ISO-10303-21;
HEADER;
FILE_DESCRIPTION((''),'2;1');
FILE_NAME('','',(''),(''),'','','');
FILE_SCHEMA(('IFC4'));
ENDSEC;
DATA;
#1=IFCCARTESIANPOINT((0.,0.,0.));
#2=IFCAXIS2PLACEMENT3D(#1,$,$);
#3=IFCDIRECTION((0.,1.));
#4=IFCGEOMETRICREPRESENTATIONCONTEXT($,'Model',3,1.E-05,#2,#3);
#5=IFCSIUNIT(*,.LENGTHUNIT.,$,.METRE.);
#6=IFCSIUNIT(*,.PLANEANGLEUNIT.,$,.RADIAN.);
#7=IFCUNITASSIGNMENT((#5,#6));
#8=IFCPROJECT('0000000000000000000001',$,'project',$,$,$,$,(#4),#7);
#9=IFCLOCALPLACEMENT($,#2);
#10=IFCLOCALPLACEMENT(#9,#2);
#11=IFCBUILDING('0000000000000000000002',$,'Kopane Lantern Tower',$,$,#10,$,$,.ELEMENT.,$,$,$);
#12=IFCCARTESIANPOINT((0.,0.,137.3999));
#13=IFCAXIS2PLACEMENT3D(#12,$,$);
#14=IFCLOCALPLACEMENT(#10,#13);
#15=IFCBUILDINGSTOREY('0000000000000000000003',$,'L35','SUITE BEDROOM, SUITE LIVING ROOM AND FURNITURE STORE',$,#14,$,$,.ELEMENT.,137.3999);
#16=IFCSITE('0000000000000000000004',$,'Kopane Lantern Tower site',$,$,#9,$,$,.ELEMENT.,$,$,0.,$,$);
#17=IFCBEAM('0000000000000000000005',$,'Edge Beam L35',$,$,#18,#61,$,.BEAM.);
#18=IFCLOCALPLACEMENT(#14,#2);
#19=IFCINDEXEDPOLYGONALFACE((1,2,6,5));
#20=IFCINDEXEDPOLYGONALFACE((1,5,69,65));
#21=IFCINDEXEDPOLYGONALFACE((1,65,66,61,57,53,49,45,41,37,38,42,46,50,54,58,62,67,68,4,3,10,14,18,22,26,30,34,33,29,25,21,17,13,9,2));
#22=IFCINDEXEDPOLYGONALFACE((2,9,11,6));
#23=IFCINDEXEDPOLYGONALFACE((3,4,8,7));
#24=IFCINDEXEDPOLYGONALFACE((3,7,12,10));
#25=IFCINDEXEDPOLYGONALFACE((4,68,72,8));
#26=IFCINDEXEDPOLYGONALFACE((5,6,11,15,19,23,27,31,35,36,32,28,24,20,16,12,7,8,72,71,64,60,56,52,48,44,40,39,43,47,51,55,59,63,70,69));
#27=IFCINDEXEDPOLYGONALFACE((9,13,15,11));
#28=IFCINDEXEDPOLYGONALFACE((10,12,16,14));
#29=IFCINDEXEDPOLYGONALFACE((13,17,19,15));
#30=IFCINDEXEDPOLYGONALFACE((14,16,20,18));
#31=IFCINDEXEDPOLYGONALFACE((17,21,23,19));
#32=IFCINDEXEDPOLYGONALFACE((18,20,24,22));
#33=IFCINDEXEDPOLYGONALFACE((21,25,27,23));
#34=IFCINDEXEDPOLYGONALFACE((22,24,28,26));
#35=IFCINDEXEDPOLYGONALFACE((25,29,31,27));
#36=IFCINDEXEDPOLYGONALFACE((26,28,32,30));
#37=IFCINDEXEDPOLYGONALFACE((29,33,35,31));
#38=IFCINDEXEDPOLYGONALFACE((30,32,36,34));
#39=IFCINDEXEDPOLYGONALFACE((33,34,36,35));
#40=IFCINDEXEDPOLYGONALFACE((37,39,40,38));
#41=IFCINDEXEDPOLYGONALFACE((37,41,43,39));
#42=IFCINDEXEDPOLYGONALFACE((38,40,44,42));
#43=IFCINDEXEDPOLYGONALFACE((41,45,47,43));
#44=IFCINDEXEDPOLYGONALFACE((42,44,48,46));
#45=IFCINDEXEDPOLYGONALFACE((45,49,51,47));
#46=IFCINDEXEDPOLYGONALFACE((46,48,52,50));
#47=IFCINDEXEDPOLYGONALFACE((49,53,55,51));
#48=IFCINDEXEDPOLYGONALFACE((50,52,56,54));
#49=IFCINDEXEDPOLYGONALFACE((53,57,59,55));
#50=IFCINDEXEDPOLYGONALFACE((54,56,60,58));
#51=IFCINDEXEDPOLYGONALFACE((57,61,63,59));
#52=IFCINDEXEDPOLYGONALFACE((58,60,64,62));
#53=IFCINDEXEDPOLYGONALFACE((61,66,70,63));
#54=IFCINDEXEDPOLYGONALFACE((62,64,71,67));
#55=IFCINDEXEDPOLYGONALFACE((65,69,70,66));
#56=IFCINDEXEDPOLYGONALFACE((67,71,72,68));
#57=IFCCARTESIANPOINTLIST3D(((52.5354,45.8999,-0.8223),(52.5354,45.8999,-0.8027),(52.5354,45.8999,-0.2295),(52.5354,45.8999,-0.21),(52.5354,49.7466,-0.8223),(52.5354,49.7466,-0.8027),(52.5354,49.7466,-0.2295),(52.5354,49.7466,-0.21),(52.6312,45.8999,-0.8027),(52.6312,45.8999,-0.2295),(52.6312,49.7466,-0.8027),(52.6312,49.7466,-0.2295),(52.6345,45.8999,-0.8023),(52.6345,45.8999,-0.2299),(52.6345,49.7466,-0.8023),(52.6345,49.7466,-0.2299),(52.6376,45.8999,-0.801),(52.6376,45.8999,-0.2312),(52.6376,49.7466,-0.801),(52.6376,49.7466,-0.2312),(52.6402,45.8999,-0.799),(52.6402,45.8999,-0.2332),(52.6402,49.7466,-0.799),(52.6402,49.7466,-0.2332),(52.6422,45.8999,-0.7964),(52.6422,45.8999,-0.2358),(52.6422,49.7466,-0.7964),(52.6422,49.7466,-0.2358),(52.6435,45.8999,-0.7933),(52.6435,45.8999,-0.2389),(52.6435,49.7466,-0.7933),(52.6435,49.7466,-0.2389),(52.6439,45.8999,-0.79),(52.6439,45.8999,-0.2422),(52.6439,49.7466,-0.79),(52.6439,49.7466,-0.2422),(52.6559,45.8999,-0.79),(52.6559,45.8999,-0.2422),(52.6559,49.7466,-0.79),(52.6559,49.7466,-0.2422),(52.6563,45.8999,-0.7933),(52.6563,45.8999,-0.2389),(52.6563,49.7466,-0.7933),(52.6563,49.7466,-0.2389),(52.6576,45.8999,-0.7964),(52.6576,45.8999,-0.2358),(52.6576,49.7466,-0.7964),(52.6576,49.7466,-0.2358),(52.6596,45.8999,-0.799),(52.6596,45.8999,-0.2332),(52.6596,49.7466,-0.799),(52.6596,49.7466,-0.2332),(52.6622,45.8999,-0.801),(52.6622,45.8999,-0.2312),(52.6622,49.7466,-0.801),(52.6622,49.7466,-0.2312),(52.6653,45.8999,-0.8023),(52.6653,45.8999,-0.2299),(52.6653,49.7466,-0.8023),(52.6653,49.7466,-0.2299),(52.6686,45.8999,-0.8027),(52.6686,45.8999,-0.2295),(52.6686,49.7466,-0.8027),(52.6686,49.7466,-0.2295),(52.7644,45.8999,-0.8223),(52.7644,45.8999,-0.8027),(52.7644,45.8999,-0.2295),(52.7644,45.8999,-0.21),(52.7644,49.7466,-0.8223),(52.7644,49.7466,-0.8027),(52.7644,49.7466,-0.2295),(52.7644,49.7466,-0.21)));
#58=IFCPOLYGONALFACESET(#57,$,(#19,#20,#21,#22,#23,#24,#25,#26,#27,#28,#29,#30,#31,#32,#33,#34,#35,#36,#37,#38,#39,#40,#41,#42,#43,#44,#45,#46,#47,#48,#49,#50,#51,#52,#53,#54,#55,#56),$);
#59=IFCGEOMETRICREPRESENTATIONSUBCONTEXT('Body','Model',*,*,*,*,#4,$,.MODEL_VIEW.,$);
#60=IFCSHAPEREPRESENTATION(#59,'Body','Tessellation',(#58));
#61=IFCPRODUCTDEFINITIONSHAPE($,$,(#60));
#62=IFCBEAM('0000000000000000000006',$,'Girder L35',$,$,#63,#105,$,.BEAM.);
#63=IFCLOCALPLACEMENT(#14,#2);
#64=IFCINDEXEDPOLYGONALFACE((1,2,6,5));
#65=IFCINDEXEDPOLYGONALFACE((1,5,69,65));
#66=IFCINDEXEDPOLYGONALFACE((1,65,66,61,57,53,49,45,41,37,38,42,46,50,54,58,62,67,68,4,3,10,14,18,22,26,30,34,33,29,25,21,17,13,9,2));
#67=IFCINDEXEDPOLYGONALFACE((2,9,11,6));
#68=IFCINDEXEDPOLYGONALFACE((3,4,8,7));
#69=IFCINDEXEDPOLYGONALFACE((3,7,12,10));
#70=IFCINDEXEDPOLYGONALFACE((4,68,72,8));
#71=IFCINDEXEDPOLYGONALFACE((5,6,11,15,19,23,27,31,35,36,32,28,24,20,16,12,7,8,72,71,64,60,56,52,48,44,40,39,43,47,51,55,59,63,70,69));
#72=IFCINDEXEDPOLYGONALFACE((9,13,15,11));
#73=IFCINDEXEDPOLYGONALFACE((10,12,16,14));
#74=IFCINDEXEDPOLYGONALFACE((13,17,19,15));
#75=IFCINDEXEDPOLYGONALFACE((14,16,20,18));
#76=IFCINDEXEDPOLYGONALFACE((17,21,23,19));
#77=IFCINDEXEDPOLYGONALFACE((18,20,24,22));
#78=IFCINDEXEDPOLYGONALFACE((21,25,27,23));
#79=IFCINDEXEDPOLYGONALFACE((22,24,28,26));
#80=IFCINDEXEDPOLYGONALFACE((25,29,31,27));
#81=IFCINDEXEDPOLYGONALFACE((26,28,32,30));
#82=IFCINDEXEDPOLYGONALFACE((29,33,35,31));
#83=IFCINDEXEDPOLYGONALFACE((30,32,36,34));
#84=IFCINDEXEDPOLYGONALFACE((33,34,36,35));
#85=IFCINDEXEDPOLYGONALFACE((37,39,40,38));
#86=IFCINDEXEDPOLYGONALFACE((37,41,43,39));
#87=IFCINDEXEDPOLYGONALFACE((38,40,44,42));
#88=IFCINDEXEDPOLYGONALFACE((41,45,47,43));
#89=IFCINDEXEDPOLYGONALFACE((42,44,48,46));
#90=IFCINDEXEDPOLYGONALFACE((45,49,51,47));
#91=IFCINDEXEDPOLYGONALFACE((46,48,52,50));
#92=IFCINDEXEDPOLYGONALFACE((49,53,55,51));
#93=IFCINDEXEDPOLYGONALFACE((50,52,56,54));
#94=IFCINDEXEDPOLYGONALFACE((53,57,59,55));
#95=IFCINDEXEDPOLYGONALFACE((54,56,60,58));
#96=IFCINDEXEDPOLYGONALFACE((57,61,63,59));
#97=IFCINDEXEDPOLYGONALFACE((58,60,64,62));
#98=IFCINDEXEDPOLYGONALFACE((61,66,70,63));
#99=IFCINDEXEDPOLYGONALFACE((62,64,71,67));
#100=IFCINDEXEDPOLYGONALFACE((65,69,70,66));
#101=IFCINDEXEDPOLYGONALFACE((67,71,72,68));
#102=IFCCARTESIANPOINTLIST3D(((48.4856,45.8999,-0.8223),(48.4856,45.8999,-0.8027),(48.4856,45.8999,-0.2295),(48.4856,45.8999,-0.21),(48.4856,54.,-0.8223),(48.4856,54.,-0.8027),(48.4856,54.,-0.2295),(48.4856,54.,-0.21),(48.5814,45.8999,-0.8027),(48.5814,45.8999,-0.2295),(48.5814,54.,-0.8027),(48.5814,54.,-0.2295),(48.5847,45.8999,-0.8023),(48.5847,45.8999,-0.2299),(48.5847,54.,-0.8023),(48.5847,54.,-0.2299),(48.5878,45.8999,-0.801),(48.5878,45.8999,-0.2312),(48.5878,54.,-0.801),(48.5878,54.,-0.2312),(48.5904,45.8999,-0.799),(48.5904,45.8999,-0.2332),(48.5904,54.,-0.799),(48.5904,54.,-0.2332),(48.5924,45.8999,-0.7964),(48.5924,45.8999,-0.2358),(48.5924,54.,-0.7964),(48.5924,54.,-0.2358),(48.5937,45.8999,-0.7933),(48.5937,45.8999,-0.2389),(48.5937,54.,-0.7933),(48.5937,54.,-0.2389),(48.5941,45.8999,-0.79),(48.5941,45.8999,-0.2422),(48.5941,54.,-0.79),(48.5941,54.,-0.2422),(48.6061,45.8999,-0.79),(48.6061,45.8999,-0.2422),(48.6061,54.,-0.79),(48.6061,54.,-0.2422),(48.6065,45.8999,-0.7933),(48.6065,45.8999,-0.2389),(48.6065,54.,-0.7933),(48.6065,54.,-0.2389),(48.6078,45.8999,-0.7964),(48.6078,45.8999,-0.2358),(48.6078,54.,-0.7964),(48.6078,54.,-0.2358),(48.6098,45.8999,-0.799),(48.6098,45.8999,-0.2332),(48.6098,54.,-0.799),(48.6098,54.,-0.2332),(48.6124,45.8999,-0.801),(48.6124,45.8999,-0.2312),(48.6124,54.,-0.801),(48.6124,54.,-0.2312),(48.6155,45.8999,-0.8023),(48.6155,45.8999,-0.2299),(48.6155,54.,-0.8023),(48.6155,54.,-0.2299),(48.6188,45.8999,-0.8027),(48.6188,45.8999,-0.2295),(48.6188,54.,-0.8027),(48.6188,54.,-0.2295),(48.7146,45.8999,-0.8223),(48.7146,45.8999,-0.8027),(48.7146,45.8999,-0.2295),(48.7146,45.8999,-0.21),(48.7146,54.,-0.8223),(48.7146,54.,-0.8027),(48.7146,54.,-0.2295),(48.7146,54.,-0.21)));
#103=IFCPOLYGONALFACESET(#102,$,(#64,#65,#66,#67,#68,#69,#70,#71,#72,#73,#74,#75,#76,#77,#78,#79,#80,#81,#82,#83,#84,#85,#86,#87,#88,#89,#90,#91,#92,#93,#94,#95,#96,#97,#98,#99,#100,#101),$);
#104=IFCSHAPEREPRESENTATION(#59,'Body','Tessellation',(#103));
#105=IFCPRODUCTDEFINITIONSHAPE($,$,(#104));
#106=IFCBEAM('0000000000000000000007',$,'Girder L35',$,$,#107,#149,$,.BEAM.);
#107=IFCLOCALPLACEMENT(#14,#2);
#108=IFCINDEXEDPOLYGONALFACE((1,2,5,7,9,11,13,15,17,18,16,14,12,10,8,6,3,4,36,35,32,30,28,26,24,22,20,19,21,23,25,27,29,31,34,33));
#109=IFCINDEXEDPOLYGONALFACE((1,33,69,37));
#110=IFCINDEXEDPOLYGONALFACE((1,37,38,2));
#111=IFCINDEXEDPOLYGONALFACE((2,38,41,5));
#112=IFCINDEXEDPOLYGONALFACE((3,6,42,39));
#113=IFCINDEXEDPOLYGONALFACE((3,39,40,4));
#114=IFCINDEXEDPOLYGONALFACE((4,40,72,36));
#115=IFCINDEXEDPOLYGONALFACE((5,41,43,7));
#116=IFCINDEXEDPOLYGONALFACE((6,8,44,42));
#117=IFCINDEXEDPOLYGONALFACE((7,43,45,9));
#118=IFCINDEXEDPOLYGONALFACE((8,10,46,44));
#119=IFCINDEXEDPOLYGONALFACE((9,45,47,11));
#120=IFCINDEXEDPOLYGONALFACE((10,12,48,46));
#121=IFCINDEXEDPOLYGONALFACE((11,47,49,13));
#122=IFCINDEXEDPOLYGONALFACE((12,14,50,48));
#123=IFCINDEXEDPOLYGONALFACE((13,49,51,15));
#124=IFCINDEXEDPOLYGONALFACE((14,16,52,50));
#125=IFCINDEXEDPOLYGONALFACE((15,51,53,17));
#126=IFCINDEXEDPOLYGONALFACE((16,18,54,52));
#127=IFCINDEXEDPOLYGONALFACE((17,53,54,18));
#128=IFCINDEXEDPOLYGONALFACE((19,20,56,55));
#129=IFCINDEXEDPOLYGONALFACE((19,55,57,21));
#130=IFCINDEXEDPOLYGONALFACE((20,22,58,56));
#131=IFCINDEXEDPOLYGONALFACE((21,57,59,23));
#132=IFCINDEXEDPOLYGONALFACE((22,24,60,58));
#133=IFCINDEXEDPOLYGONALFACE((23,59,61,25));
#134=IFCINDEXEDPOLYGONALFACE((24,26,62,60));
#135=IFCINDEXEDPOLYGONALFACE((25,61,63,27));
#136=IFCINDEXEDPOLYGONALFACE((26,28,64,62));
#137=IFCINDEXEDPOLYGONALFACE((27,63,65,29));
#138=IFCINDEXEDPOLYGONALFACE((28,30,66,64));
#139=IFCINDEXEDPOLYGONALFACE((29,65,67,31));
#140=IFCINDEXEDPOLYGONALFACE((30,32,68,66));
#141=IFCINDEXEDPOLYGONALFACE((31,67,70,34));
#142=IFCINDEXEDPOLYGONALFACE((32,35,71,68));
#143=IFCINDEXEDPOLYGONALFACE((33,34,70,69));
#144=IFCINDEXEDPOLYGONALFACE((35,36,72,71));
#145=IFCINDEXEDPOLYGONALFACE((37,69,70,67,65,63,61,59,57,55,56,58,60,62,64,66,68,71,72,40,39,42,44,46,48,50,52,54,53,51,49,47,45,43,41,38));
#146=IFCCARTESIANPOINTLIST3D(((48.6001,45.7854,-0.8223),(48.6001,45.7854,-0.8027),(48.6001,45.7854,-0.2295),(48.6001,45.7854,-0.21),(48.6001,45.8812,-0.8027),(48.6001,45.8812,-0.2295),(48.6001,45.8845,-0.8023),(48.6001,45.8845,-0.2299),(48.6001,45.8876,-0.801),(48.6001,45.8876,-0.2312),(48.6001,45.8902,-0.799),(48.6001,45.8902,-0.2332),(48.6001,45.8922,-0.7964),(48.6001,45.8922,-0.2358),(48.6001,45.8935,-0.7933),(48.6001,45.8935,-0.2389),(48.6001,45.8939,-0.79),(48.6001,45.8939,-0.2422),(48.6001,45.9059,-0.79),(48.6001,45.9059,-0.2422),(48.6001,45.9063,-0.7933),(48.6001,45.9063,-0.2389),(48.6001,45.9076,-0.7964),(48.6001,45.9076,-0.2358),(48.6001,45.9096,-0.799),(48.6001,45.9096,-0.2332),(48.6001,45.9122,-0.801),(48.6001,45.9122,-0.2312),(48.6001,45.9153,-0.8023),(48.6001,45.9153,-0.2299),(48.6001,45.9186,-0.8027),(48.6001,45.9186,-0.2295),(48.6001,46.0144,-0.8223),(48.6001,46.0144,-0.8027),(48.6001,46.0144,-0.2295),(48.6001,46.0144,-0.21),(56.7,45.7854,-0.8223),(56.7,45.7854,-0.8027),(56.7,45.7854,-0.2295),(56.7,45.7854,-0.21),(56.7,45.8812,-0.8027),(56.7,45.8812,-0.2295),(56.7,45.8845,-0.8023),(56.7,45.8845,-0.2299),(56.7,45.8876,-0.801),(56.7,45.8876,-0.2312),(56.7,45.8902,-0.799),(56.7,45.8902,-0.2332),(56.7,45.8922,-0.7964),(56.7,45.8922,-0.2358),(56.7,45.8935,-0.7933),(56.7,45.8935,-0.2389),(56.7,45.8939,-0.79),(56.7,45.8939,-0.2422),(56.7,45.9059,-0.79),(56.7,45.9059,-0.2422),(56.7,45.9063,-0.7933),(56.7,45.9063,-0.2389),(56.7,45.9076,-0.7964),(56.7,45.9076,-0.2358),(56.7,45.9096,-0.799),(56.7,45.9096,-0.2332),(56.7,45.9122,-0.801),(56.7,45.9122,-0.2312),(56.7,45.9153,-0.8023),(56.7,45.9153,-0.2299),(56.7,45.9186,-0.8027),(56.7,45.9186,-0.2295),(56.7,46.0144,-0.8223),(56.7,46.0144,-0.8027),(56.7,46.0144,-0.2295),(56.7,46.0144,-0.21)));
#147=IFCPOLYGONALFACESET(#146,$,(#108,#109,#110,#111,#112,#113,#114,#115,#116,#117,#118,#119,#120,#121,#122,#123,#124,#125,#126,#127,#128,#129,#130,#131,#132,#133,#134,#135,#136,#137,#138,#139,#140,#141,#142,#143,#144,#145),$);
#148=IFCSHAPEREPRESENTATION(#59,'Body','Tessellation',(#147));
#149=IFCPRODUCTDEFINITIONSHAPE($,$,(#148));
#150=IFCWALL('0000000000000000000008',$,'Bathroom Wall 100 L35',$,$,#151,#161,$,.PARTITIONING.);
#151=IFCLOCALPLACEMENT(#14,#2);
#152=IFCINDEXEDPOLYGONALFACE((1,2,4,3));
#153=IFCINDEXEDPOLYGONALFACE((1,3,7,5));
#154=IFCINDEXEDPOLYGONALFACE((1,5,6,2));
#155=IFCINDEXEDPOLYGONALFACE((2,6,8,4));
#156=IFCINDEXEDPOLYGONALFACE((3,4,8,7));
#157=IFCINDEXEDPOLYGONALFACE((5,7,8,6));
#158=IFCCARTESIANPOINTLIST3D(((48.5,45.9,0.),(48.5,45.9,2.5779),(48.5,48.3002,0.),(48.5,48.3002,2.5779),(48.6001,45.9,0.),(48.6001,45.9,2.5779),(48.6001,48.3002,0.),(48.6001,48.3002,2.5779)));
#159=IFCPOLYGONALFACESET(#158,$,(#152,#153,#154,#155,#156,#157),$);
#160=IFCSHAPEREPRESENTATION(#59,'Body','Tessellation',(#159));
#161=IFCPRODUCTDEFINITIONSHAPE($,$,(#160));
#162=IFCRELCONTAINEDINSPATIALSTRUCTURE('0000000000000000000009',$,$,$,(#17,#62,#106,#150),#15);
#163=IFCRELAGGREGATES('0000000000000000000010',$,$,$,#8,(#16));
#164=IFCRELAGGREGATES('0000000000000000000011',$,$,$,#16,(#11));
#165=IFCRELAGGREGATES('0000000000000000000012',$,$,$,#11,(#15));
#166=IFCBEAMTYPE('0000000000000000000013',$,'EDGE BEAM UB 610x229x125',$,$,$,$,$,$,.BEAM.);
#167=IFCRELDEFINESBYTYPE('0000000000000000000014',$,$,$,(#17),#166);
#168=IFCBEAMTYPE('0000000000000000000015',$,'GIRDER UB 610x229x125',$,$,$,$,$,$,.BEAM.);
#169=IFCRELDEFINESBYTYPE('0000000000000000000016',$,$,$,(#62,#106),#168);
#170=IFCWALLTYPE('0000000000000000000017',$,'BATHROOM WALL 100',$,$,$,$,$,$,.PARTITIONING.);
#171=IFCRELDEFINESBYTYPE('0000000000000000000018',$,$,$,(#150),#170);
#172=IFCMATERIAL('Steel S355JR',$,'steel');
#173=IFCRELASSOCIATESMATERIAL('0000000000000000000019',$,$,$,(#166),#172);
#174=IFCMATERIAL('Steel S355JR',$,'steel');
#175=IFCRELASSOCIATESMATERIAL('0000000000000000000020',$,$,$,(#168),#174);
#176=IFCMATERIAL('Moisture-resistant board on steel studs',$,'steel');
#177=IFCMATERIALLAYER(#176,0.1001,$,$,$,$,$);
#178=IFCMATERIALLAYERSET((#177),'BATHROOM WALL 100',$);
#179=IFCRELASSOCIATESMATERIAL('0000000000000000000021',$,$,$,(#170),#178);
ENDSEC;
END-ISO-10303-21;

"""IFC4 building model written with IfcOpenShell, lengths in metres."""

from ifc_helpers import new_model, si_unit, direction, frame, frame_2d, origin, origin_2d, place, context, subcontext, project, spatial, rectangle, i_section, extrude, material, layer, layer_set, material_profile, profile_set, type_object, element, save


model = new_model("IFC4")

# Units and contexts
model_context = context("Model", 3, precision=1e-05, world=origin(), true_north=direction((0.0, 1.0)))
body_context = subcontext(model_context, "Body", "Model", "MODEL_VIEW")
ifc_project = project(units=[si_unit("LENGTHUNIT", "METRE"), si_unit("PLANEANGLEUNIT", "RADIAN")], contexts=[model_context])

# Site, building, storey
site_placement = place(None, origin())
site = spatial("IfcSite", under=ifc_project, at=site_placement, Name="Kopane Lantern Tower site", CompositionType="ELEMENT", RefElevation=0.0)
building_placement = place(site_placement, origin())
building = spatial("IfcBuilding", under=site, at=building_placement, Name="Kopane Lantern Tower", CompositionType="ELEMENT")
storey_placement = place(building_placement, frame((0.0, 0.0, 137.3999)))
storey = spatial("IfcBuildingStorey", under=building, at=storey_placement, Name="L35", Description="SUITE BEDROOM, SUITE LIVING ROOM AND FURNITURE STORE", CompositionType="ELEMENT", Elevation=137.3999)

# Beams
ifc_material_1 = material(Name="Steel S355JR", Category="steel")
ifc_material_profile_1 = material_profile(ifc_material_1, i_section(OverallWidth=0.229, OverallDepth=0.6123, WebThickness=0.012, FlangeThickness=0.0195, FilletRadius=0.0127, at=origin_2d()), Name="UB 610x229x125")
ifc_profile_set_1 = profile_set([ifc_material_profile_1], Name="Steel S355JR")
beam_type_1 = type_object("IfcBeamType", Name="EDGE BEAM UB 610x229x125", PredefinedType="BEAM", material=ifc_profile_set_1)
beam_1_placement = place(storey_placement, frame((52.6499, 49.7466, -0.5161), z_axis=(0.0, -1.0, 0.0), x_axis=(1.0, 0.0, 0.0)))
element("IfcBeam", 1, at=beam_1_placement, inside=storey, type_object=beam_type_1, Name="Edge Beam L35", PredefinedType="BEAM", context=body_context, shape_type="SweptSolid", body=[
    extrude(i_section(OverallWidth=0.229, OverallDepth=0.6123, WebThickness=0.012, FlangeThickness=0.0195, FilletRadius=0.0127, at=origin_2d()), origin(), (0.0, 0.0, 1.0), 3.8467),
])
ifc_material_2 = material(Name="Steel S355JR", Category="steel")
ifc_material_profile_2 = material_profile(ifc_material_2, i_section(OverallWidth=0.229, OverallDepth=0.6123, WebThickness=0.012, FlangeThickness=0.0195, FilletRadius=0.0127, at=origin_2d()), Name="UB 610x229x125")
ifc_profile_set_2 = profile_set([ifc_material_profile_2], Name="Steel S355JR")
beam_type_2 = type_object("IfcBeamType", Name="GIRDER UB 610x229x125", PredefinedType="BEAM", material=ifc_profile_set_2)
beam_2_placement = place(storey_placement, frame((48.6001, 45.8999, -0.5161), z_axis=(0.0, 1.0, 0.0), x_axis=(-1.0, 0.0, 0.0)))
element("IfcBeam", 2, at=beam_2_placement, inside=storey, type_object=beam_type_2, Name="Girder L35", PredefinedType="BEAM", context=body_context, shape_type="SweptSolid", body=[
    extrude(i_section(OverallWidth=0.229, OverallDepth=0.6123, WebThickness=0.012, FlangeThickness=0.0195, FilletRadius=0.0127, at=origin_2d()), origin(), (0.0, 0.0, 1.0), 8.1001),
])
beam_3_placement = place(storey_placement, frame((48.6001, 45.8999, -0.5161), z_axis=(1.0, 0.0, 0.0), x_axis=(0.0, 1.0, 0.0)))
element("IfcBeam", 3, at=beam_3_placement, inside=storey, type_object=beam_type_2, Name="Girder L35", PredefinedType="BEAM", context=body_context, shape_type="SweptSolid", body=[
    extrude(i_section(OverallWidth=0.229, OverallDepth=0.6123, WebThickness=0.012, FlangeThickness=0.0195, FilletRadius=0.0127, at=origin_2d()), origin(), (0.0, 0.0, 1.0), 8.0999),
])

# Wall
ifc_material_3 = material(Name="Moisture-resistant board on steel studs", Category="steel")
ifc_layer_1 = layer(ifc_material_3, 0.1001)
ifc_layer_set_1 = layer_set([ifc_layer_1], Name="BATHROOM WALL 100")
wall_type_1 = type_object("IfcWallType", Name="BATHROOM WALL 100", PredefinedType="PARTITIONING", material=ifc_layer_set_1)
wall_1_placement = place(storey_placement, frame((48.55, 45.8999, 0.0), z_axis=(0.0, 0.0, 1.0), x_axis=(0.0, 1.0, 0.0)))
element("IfcWall", 4, at=wall_1_placement, inside=storey, type_object=wall_type_1, Name="Bathroom Wall 100 L35", PredefinedType="PARTITIONING", context=body_context, shape_type="SweptSolid", body=[
    extrude(rectangle(XDim=2.4001, YDim=0.1001, at=frame_2d((1.2002, 0.0))), origin(), (0.0, 0.0, 1.0), 2.5779),
])

save(model, "model.ifc")
